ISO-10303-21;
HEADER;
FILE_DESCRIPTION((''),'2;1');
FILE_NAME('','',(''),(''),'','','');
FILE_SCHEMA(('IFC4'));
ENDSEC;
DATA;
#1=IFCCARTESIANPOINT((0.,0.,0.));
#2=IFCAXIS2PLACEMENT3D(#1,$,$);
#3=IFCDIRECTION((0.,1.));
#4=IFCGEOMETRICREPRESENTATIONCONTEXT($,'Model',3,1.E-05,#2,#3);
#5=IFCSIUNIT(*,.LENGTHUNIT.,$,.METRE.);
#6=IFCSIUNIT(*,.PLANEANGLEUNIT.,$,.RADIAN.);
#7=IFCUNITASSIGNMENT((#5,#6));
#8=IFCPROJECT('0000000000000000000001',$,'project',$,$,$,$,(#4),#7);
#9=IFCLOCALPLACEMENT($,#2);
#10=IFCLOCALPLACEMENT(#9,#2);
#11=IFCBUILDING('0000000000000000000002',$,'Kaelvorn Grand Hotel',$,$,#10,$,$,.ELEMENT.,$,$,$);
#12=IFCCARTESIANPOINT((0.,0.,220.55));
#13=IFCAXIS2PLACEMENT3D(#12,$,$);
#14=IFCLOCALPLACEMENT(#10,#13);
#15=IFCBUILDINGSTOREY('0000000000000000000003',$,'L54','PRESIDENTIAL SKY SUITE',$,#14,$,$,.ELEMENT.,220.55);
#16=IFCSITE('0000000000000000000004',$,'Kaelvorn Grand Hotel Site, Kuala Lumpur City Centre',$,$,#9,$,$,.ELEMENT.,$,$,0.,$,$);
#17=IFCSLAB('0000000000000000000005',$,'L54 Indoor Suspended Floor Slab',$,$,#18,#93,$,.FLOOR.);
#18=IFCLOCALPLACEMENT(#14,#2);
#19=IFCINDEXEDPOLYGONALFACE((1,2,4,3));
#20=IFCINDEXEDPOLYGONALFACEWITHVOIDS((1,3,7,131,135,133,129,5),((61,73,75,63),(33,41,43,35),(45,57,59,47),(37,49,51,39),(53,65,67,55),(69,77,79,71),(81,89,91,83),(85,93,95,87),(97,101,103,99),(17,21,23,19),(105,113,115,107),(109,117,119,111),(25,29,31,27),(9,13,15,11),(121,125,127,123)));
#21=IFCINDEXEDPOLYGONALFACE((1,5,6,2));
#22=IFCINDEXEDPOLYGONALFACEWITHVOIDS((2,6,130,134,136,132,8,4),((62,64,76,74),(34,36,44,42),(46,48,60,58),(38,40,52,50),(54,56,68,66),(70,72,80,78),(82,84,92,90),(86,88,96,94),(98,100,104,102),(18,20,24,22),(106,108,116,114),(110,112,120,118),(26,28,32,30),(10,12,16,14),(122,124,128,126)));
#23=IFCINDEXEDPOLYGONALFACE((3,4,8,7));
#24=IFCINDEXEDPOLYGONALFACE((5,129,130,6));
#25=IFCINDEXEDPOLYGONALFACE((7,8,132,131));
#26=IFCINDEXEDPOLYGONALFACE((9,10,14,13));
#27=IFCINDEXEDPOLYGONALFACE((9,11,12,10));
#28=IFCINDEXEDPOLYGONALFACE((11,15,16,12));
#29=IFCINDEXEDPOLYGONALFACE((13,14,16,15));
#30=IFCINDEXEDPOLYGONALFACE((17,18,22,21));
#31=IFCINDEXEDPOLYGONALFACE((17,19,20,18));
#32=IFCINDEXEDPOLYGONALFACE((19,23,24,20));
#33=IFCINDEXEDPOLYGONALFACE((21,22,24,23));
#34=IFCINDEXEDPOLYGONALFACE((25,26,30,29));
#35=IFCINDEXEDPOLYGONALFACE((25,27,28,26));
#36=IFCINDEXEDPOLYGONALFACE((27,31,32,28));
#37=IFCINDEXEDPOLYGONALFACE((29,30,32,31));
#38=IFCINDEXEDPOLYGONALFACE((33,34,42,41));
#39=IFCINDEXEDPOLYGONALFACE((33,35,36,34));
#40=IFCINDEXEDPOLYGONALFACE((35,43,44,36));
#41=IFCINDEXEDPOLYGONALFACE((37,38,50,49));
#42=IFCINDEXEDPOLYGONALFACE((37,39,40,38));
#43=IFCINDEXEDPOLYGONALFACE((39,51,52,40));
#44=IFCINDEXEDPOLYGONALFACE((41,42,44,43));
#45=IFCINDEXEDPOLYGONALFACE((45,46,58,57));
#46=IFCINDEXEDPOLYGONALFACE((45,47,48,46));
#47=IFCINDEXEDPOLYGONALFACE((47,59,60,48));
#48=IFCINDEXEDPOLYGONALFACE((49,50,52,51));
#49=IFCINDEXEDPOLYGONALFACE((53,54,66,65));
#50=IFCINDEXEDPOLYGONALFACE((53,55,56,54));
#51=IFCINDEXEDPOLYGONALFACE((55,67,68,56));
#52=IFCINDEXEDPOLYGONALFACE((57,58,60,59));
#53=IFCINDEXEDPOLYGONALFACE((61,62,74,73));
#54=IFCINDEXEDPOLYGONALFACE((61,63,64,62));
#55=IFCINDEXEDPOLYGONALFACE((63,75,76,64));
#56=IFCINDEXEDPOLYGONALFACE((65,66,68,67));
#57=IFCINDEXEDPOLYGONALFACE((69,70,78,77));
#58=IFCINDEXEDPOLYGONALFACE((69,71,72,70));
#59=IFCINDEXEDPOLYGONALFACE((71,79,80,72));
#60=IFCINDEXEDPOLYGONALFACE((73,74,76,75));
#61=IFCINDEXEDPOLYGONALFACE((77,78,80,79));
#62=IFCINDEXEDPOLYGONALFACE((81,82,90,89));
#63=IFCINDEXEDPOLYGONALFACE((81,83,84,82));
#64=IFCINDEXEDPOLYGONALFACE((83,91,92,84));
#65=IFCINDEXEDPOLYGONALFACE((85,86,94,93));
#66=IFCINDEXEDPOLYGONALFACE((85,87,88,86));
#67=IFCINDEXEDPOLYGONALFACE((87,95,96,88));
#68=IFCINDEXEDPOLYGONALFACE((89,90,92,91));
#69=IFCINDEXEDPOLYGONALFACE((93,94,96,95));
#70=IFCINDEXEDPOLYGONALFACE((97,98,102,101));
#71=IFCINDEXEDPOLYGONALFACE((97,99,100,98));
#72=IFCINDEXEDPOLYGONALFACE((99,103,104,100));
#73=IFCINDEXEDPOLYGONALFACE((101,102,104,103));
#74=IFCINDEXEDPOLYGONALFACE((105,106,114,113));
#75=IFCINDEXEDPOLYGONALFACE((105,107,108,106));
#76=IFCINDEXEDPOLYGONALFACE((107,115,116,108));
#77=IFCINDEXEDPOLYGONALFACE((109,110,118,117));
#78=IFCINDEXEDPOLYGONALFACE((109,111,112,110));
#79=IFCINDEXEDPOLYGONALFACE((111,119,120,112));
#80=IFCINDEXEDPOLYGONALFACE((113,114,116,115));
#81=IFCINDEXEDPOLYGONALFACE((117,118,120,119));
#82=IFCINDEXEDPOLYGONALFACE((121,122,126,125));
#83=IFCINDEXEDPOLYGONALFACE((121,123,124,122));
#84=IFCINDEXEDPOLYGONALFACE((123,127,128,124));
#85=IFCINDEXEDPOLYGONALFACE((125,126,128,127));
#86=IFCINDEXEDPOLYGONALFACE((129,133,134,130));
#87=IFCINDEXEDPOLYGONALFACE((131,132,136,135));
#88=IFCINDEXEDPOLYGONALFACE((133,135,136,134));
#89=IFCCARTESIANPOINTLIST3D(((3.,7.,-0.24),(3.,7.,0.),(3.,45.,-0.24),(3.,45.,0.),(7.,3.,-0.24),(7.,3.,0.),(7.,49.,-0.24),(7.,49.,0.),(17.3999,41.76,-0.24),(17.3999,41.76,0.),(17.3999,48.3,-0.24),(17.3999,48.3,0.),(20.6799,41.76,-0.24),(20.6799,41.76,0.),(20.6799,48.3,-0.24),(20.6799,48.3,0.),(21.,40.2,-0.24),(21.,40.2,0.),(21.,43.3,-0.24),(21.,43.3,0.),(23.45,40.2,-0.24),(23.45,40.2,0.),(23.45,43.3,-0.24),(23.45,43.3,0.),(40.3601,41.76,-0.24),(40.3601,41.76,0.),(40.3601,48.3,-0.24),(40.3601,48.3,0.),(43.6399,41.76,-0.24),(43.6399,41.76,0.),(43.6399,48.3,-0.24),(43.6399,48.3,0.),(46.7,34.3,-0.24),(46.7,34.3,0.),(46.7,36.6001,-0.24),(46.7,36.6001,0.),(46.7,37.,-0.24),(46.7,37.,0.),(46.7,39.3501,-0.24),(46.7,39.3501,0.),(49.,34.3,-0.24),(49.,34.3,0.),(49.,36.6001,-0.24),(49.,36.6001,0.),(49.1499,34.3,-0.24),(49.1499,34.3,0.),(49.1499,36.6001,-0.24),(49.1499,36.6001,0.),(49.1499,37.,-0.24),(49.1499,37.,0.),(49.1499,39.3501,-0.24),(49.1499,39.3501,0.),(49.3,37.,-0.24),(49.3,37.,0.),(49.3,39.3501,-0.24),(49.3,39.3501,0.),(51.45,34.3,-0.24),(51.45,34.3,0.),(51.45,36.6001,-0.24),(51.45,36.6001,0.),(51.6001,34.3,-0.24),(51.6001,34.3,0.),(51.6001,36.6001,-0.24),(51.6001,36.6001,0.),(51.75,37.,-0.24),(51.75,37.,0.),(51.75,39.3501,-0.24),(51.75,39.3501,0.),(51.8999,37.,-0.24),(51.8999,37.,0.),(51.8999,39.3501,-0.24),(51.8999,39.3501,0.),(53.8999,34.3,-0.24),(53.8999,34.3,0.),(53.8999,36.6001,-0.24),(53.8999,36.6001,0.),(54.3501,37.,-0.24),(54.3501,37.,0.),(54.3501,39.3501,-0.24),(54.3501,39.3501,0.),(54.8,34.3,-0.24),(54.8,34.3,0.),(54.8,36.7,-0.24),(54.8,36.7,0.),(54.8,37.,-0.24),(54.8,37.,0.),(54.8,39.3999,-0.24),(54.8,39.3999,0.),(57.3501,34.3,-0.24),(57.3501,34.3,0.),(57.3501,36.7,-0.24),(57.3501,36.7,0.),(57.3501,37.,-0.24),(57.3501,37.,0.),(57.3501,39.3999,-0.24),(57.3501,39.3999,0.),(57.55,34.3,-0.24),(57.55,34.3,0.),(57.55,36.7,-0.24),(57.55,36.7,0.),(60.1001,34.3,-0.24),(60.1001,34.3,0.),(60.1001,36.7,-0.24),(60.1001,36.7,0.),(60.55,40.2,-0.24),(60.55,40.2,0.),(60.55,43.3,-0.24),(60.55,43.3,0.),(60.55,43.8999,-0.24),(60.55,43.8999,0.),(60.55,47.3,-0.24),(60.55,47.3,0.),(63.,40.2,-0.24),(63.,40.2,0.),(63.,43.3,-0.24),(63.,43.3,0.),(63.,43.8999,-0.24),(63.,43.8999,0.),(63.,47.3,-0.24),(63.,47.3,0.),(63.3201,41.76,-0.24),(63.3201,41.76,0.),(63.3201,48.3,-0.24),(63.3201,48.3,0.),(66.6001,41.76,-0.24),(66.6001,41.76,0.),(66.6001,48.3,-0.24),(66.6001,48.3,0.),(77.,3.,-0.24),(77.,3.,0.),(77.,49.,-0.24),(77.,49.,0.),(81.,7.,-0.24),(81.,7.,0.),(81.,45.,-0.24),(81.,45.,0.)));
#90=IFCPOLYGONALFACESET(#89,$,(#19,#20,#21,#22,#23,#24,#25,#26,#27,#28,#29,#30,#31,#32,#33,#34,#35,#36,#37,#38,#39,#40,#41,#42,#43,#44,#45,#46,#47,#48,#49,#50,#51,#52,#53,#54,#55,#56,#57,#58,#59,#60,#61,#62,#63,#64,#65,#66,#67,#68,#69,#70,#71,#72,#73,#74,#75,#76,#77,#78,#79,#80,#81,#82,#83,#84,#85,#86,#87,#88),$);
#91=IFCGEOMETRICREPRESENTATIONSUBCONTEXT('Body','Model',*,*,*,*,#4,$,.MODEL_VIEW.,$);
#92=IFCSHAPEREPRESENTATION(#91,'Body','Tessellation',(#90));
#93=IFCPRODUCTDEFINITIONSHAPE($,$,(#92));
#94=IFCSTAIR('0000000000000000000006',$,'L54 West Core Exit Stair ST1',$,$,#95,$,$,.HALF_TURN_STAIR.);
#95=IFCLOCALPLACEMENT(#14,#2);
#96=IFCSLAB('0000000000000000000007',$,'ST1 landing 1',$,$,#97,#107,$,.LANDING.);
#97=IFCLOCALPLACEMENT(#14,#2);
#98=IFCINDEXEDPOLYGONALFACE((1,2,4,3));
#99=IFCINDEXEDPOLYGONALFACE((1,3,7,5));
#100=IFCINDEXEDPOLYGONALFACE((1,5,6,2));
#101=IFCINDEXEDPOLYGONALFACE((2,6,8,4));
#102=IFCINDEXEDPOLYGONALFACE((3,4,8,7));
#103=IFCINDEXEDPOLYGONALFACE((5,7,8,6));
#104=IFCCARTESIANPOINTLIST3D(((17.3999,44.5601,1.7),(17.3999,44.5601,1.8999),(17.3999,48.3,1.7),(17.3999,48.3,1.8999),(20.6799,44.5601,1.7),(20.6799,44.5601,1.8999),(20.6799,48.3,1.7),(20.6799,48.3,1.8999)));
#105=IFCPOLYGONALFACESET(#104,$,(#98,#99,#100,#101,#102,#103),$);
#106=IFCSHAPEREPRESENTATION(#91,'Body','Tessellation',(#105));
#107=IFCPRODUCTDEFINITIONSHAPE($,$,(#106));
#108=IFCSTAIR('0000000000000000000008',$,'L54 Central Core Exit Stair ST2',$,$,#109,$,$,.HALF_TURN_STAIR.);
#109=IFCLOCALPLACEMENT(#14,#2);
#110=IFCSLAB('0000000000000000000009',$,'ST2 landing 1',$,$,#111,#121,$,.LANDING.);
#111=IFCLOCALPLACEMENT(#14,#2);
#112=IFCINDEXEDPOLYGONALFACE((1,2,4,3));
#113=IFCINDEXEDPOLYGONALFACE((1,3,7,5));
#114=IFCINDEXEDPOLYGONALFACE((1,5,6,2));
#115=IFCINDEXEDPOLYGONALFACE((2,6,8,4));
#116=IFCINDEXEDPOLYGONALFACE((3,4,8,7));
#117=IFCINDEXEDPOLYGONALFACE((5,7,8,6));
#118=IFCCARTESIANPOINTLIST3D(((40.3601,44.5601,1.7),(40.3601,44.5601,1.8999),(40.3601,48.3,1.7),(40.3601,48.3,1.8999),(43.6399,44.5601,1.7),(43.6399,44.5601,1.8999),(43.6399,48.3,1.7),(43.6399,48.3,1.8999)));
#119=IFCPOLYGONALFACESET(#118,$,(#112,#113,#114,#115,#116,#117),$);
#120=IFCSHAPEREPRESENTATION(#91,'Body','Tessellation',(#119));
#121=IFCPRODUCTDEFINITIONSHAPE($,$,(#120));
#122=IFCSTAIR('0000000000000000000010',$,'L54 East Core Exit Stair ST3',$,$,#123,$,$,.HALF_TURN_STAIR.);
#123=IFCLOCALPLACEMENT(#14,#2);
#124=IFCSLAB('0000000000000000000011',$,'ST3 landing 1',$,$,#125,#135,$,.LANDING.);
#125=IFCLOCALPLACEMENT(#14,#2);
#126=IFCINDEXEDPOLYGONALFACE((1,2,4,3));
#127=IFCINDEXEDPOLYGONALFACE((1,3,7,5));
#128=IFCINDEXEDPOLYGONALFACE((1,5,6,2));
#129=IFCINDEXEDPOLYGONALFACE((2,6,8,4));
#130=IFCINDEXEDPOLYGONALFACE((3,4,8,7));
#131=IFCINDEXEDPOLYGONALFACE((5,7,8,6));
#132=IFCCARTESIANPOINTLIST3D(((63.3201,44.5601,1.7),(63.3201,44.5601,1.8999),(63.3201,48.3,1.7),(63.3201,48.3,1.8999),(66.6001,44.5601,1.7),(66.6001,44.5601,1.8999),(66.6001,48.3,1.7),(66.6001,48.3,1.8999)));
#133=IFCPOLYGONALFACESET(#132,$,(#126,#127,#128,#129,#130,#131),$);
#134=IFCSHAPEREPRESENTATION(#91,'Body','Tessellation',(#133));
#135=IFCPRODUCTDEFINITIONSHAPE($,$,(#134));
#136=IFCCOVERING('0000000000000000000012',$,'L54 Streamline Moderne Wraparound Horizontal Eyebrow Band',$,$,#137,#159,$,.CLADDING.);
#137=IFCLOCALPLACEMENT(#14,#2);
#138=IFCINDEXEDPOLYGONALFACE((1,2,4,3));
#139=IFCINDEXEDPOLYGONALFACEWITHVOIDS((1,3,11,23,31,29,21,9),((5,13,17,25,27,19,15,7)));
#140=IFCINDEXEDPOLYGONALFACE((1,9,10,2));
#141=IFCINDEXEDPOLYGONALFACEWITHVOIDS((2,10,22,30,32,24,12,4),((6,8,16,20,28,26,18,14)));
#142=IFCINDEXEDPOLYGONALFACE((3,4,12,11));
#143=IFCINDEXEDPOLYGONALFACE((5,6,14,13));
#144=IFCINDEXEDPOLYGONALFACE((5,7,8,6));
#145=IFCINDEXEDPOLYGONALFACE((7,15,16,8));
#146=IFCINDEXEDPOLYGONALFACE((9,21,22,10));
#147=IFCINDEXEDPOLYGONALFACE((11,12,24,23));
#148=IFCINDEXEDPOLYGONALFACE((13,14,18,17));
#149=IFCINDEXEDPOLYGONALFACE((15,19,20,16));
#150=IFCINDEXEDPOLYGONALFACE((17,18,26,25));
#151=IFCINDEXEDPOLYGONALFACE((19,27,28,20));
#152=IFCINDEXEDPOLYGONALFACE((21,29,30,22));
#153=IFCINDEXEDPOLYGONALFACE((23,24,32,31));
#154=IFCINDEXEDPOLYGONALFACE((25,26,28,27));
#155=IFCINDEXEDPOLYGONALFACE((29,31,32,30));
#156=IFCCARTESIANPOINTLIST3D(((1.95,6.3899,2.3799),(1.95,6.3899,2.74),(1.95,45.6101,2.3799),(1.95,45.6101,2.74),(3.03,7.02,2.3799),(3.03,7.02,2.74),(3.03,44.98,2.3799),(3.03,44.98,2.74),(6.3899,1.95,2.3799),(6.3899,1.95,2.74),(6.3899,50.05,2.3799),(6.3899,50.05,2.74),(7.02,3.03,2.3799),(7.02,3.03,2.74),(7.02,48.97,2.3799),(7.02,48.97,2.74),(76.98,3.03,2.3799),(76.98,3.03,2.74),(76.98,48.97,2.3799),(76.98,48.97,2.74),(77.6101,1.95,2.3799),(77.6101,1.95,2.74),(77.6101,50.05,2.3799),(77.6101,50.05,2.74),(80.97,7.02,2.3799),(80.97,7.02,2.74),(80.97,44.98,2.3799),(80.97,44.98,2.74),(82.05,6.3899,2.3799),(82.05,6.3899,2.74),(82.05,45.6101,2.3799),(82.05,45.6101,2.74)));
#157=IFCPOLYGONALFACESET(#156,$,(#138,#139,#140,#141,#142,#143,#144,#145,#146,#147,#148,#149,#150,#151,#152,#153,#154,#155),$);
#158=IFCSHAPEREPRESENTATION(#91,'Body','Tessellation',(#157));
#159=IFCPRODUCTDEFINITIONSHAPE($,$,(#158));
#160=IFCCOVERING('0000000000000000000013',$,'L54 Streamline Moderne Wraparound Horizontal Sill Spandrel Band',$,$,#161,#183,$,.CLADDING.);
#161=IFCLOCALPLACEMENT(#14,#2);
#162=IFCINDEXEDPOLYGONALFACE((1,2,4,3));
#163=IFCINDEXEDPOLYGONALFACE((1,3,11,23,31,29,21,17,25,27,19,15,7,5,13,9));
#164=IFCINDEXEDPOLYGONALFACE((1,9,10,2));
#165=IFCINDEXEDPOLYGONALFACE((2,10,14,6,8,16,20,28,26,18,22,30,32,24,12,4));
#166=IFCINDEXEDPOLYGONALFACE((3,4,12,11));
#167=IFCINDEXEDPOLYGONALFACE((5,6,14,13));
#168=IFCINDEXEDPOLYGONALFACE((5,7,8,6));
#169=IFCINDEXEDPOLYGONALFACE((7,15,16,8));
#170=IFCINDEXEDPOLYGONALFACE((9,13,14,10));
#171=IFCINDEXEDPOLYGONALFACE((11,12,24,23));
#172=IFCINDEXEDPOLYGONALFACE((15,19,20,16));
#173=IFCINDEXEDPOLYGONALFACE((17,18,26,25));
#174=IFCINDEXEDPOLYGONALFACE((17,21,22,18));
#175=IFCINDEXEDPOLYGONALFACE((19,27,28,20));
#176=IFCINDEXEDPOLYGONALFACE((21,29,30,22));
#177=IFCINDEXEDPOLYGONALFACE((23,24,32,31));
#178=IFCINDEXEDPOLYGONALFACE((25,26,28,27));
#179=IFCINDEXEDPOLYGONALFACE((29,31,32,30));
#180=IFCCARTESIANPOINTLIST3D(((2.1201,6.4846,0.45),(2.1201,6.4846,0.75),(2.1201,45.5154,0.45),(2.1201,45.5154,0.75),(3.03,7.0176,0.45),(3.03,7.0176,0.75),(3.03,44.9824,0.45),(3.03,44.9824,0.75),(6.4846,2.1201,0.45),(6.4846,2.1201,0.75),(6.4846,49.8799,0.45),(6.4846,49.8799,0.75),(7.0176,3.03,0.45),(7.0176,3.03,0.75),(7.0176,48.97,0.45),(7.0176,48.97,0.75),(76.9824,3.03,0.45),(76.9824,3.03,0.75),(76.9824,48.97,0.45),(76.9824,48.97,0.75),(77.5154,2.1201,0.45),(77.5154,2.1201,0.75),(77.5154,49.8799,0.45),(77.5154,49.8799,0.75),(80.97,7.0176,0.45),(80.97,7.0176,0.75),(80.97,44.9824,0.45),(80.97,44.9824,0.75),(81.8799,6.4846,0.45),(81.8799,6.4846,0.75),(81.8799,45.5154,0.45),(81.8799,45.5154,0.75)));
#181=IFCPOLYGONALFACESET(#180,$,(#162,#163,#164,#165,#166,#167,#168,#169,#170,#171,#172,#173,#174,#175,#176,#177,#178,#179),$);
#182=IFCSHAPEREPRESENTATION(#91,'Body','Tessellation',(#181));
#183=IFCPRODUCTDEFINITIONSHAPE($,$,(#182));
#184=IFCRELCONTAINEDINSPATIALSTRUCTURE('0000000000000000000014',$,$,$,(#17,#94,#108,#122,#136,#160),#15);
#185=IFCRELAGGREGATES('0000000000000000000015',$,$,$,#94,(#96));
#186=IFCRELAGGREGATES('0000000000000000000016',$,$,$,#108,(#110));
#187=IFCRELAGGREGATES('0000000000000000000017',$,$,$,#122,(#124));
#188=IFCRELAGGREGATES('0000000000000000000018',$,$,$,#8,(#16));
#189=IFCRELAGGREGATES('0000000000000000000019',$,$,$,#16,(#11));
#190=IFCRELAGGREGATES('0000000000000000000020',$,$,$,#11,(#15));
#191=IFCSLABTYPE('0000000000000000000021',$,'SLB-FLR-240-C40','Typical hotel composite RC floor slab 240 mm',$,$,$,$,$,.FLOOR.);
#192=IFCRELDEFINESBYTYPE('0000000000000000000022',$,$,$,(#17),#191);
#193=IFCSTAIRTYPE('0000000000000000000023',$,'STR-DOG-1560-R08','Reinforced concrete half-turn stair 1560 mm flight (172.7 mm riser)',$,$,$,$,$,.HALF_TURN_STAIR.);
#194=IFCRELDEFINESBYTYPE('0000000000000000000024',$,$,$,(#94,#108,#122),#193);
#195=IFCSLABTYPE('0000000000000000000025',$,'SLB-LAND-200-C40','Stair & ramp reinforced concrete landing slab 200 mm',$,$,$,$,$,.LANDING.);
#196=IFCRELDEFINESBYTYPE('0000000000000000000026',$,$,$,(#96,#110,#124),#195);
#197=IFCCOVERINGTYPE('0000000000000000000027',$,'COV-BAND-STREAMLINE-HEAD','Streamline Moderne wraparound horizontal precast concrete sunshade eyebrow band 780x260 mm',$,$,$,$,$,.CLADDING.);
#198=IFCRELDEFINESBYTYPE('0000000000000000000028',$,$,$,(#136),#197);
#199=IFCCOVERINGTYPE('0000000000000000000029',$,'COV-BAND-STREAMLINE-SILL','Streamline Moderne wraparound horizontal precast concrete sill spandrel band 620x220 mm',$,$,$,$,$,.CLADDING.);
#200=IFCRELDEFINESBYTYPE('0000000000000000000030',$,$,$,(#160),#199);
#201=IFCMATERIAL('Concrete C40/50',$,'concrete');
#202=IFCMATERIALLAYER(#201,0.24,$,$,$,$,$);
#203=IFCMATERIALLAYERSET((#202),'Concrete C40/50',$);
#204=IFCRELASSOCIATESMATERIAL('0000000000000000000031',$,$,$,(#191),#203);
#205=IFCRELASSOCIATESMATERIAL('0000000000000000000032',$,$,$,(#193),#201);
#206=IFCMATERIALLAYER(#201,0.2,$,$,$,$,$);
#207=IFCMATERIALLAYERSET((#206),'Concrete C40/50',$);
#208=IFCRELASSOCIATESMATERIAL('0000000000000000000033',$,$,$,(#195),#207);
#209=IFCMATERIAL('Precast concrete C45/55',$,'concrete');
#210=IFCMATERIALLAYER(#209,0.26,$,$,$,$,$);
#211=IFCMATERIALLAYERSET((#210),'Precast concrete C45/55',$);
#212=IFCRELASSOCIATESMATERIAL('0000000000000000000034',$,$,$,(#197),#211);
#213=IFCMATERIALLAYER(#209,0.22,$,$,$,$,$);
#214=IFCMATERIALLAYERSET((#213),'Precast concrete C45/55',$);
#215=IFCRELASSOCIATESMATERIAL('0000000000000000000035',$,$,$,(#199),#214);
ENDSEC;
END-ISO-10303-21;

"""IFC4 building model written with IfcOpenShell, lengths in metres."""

from ifc_helpers import new_model, si_unit, direction, frame, origin, place, context, subcontext, project, spatial, polyline, outline, extrude, material, layer, layer_set, type_object, element, aggregate, save


model = new_model("IFC4")

# Units and contexts
model_context = context("Model", 3, precision=1e-05, world=origin(), true_north=direction((0.0, 1.0)))
body_context = subcontext(model_context, "Body", "Model", "MODEL_VIEW")
ifc_project = project(units=[si_unit("LENGTHUNIT", "METRE"), si_unit("PLANEANGLEUNIT", "RADIAN")], contexts=[model_context])

# Site, building, storey
site_placement = place(None, origin())
site = spatial("IfcSite", under=ifc_project, at=site_placement, Name="Kaelvorn Grand Hotel Site, Kuala Lumpur City Centre", CompositionType="ELEMENT", RefElevation=0.0)
building_placement = place(site_placement, origin())
building = spatial("IfcBuilding", under=site, at=building_placement, Name="Kaelvorn Grand Hotel", CompositionType="ELEMENT")
storey_placement = place(building_placement, frame((0.0, 0.0, 220.55)))
storey = spatial("IfcBuildingStorey", under=building, at=storey_placement, Name="L54", Description="PRESIDENTIAL SKY SUITE", CompositionType="ELEMENT", Elevation=220.55)

# Slab
ifc_material_1 = material(Name="Concrete C40/50", Category="concrete")
ifc_layer_1 = layer(ifc_material_1, 0.24)
ifc_layer_set_1 = layer_set([ifc_layer_1], Name="Concrete C40/50")
slab_type_1 = type_object("IfcSlabType", Name="SLB-FLR-240-C40", Description="Typical hotel composite RC floor slab 240 mm", PredefinedType="FLOOR", material=ifc_layer_set_1)
slab_1_placement = place(storey_placement, frame((0.0, 0.0, -0.24)))
element("IfcSlab", 1, at=slab_1_placement, inside=storey, type_object=slab_type_1, Name="L54 Indoor Suspended Floor Slab", PredefinedType="FLOOR", context=body_context, shape_type="SweptSolid", body=[
    extrude(outline(polyline([(7.0, 3.0), (77.0, 3.0), (81.0, 7.0), (81.0, 45.0), (77.0, 49.0), (7.0, 49.0), (3.0, 45.0), (3.0, 7.0), (7.0, 3.0)]), holes=[polyline([(17.3999, 41.76), (17.3999, 48.3), (20.6799, 48.3), (20.6799, 41.76), (17.3999, 41.76)]), polyline([(40.3601, 41.76), (40.3601, 48.3), (43.6399, 48.3), (43.6399, 41.76), (40.3601, 41.76)]), polyline([(63.3201, 41.76), (63.3201, 48.3), (66.6001, 48.3), (66.6001, 41.76), (63.3201, 41.76)]), polyline([(46.7, 34.3), (46.7, 36.6001), (49.0, 36.6001), (49.0, 34.3), (46.7, 34.3)]), polyline([(49.1499, 34.3), (49.1499, 36.6001), (51.45, 36.6001), (51.45, 34.3), (49.1499, 34.3)]), polyline([(51.6001, 34.3), (51.6001, 36.6001), (53.8999, 36.6001), (53.8999, 34.3), (51.6001, 34.3)]), polyline([(46.7, 37.0), (46.7, 39.3501), (49.1499, 39.3501), (49.1499, 37.0), (46.7, 37.0)]), polyline([(49.3, 37.0), (49.3, 39.3501), (51.75, 39.3501), (51.75, 37.0), (49.3, 37.0)]), polyline([(51.8999, 37.0), (51.8999, 39.3501), (54.3501, 39.3501), (54.3501, 37.0), (51.8999, 37.0)]), polyline([(54.8, 34.3), (54.8, 36.7), (57.3501, 36.7), (57.3501, 34.3), (54.8, 34.3)]), polyline([(57.55, 34.3), (57.55, 36.7), (60.1001, 36.7), (60.1001, 34.3), (57.55, 34.3)]), polyline([(54.8, 37.0), (54.8, 39.3999), (57.3501, 39.3999), (57.3501, 37.0), (54.8, 37.0)]), polyline([(21.0, 40.2), (21.0, 43.3), (23.45, 43.3), (23.45, 40.2), (21.0, 40.2)]), polyline([(60.55, 40.2), (60.55, 43.3), (63.0, 43.3), (63.0, 40.2), (60.55, 40.2)]), polyline([(60.55, 43.8999), (60.55, 47.3), (63.0, 47.3), (63.0, 43.8999), (60.55, 43.8999)])]), origin(), (0.0, 0.0, 1.0), 0.24),
])

# Stairs, slabs
stair_type = type_object("IfcStairType", Name="STR-DOG-1560-R08", Description="Reinforced concrete half-turn stair 1560 mm flight (172.7 mm riser)", PredefinedType="HALF_TURN_STAIR", material=ifc_material_1)
stair_1_placement = place(storey_placement, origin())
stair_1 = element("IfcStair", 2, at=stair_1_placement, inside=storey, type_object=stair_type, Name="L54 West Core Exit Stair ST1", PredefinedType="HALF_TURN_STAIR")
ifc_layer_2 = layer(ifc_material_1, 0.2)
ifc_layer_set_2 = layer_set([ifc_layer_2], Name="Concrete C40/50")
slab_type_2 = type_object("IfcSlabType", Name="SLB-LAND-200-C40", Description="Stair & ramp reinforced concrete landing slab 200 mm", PredefinedType="LANDING", material=ifc_layer_set_2)
slab_2_placement = place(storey_placement, frame((0.0, 0.0, 1.7)))
slab_2 = element("IfcSlab", 3, at=slab_2_placement, type_object=slab_type_2, Name="ST1 landing 1", PredefinedType="LANDING", context=body_context, shape_type="SweptSolid", body=[
    extrude(outline(polyline([(20.6799, 44.5601), (20.6799, 48.3), (17.3999, 48.3), (17.3999, 44.5601), (20.6799, 44.5601)])), origin(), (0.0, 0.0, 1.0), 0.2),
])
aggregate(stair_1, [slab_2])
stair_2_placement = place(storey_placement, origin())
stair_2 = element("IfcStair", 4, at=stair_2_placement, inside=storey, type_object=stair_type, Name="L54 Central Core Exit Stair ST2", PredefinedType="HALF_TURN_STAIR")
slab_3_placement = place(storey_placement, frame((0.0, 0.0, 1.7)))
slab_3 = element("IfcSlab", 5, at=slab_3_placement, type_object=slab_type_2, Name="ST2 landing 1", PredefinedType="LANDING", context=body_context, shape_type="SweptSolid", body=[
    extrude(outline(polyline([(43.6399, 44.5601), (43.6399, 48.3), (40.3601, 48.3), (40.3601, 44.5601), (43.6399, 44.5601)])), origin(), (0.0, 0.0, 1.0), 0.2),
])
aggregate(stair_2, [slab_3])
stair_3_placement = place(storey_placement, origin())
stair_3 = element("IfcStair", 6, at=stair_3_placement, inside=storey, type_object=stair_type, Name="L54 East Core Exit Stair ST3", PredefinedType="HALF_TURN_STAIR")
slab_4_placement = place(storey_placement, frame((0.0, 0.0, 1.7)))
slab_4 = element("IfcSlab", 7, at=slab_4_placement, type_object=slab_type_2, Name="ST3 landing 1", PredefinedType="LANDING", context=body_context, shape_type="SweptSolid", body=[
    extrude(outline(polyline([(66.6001, 44.5601), (66.6001, 48.3), (63.3201, 48.3), (63.3201, 44.5601), (66.6001, 44.5601)])), origin(), (0.0, 0.0, 1.0), 0.2),
])
aggregate(stair_3, [slab_4])

# Coverings
ifc_material_2 = material(Name="Precast concrete C45/55", Category="concrete")
ifc_layer_3 = layer(ifc_material_2, 0.26)
ifc_layer_set_3 = layer_set([ifc_layer_3], Name="Precast concrete C45/55")
covering_type_1 = type_object("IfcCoveringType", Name="COV-BAND-STREAMLINE-HEAD", Description="Streamline Moderne wraparound horizontal precast concrete sunshade eyebrow band 780x260 mm", PredefinedType="CLADDING", material=ifc_layer_set_3)
covering_1_placement = place(storey_placement, frame((0.0, 0.0, 2.3799)))
element("IfcCovering", 8, at=covering_1_placement, inside=storey, type_object=covering_type_1, Name="L54 Streamline Moderne Wraparound Horizontal Eyebrow Band", PredefinedType="CLADDING", context=body_context, shape_type="SweptSolid", body=[
    extrude(outline(polyline([(6.3899, 1.95), (77.6101, 1.95), (82.05, 6.3899), (82.05, 45.6101), (77.6101, 50.05), (6.3899, 50.05), (1.95, 45.6101), (1.95, 6.3899), (6.3899, 1.95)]), holes=[polyline([(7.02, 3.03), (76.98, 3.03), (80.97, 7.02), (80.97, 44.98), (76.98, 48.97), (7.02, 48.97), (3.03, 44.98), (3.03, 7.02), (7.02, 3.03)])]), origin(), (0.0, 0.0, 1.0), 0.3601),
])
ifc_layer_4 = layer(ifc_material_2, 0.22)
ifc_layer_set_4 = layer_set([ifc_layer_4], Name="Precast concrete C45/55")
covering_type_2 = type_object("IfcCoveringType", Name="COV-BAND-STREAMLINE-SILL", Description="Streamline Moderne wraparound horizontal precast concrete sill spandrel band 620x220 mm", PredefinedType="CLADDING", material=ifc_layer_set_4)
covering_2_placement = place(storey_placement, frame((0.0, 0.0, 0.45)))
element("IfcCovering", 9, at=covering_2_placement, inside=storey, type_object=covering_type_2, Name="L54 Streamline Moderne Wraparound Horizontal Sill Spandrel Band", PredefinedType="CLADDING", context=body_context, shape_type="SweptSolid", body=[
    extrude(outline(polyline([(77.5154, 2.1201), (81.8799, 6.4846), (81.8799, 45.5154), (77.5154, 49.8799), (6.4846, 49.8799), (2.1201, 45.5154), (2.1201, 6.4846), (6.4846, 2.1201), (7.0176, 3.03), (3.03, 7.0176), (3.03, 44.9824), (7.0176, 48.97), (76.9824, 48.97), (80.97, 44.9824), (80.97, 7.0176), (76.9824, 3.03), (77.5154, 2.1201)])), origin(), (0.0, 0.0, 1.0), 0.3),
])

save(model, "model.ifc")
